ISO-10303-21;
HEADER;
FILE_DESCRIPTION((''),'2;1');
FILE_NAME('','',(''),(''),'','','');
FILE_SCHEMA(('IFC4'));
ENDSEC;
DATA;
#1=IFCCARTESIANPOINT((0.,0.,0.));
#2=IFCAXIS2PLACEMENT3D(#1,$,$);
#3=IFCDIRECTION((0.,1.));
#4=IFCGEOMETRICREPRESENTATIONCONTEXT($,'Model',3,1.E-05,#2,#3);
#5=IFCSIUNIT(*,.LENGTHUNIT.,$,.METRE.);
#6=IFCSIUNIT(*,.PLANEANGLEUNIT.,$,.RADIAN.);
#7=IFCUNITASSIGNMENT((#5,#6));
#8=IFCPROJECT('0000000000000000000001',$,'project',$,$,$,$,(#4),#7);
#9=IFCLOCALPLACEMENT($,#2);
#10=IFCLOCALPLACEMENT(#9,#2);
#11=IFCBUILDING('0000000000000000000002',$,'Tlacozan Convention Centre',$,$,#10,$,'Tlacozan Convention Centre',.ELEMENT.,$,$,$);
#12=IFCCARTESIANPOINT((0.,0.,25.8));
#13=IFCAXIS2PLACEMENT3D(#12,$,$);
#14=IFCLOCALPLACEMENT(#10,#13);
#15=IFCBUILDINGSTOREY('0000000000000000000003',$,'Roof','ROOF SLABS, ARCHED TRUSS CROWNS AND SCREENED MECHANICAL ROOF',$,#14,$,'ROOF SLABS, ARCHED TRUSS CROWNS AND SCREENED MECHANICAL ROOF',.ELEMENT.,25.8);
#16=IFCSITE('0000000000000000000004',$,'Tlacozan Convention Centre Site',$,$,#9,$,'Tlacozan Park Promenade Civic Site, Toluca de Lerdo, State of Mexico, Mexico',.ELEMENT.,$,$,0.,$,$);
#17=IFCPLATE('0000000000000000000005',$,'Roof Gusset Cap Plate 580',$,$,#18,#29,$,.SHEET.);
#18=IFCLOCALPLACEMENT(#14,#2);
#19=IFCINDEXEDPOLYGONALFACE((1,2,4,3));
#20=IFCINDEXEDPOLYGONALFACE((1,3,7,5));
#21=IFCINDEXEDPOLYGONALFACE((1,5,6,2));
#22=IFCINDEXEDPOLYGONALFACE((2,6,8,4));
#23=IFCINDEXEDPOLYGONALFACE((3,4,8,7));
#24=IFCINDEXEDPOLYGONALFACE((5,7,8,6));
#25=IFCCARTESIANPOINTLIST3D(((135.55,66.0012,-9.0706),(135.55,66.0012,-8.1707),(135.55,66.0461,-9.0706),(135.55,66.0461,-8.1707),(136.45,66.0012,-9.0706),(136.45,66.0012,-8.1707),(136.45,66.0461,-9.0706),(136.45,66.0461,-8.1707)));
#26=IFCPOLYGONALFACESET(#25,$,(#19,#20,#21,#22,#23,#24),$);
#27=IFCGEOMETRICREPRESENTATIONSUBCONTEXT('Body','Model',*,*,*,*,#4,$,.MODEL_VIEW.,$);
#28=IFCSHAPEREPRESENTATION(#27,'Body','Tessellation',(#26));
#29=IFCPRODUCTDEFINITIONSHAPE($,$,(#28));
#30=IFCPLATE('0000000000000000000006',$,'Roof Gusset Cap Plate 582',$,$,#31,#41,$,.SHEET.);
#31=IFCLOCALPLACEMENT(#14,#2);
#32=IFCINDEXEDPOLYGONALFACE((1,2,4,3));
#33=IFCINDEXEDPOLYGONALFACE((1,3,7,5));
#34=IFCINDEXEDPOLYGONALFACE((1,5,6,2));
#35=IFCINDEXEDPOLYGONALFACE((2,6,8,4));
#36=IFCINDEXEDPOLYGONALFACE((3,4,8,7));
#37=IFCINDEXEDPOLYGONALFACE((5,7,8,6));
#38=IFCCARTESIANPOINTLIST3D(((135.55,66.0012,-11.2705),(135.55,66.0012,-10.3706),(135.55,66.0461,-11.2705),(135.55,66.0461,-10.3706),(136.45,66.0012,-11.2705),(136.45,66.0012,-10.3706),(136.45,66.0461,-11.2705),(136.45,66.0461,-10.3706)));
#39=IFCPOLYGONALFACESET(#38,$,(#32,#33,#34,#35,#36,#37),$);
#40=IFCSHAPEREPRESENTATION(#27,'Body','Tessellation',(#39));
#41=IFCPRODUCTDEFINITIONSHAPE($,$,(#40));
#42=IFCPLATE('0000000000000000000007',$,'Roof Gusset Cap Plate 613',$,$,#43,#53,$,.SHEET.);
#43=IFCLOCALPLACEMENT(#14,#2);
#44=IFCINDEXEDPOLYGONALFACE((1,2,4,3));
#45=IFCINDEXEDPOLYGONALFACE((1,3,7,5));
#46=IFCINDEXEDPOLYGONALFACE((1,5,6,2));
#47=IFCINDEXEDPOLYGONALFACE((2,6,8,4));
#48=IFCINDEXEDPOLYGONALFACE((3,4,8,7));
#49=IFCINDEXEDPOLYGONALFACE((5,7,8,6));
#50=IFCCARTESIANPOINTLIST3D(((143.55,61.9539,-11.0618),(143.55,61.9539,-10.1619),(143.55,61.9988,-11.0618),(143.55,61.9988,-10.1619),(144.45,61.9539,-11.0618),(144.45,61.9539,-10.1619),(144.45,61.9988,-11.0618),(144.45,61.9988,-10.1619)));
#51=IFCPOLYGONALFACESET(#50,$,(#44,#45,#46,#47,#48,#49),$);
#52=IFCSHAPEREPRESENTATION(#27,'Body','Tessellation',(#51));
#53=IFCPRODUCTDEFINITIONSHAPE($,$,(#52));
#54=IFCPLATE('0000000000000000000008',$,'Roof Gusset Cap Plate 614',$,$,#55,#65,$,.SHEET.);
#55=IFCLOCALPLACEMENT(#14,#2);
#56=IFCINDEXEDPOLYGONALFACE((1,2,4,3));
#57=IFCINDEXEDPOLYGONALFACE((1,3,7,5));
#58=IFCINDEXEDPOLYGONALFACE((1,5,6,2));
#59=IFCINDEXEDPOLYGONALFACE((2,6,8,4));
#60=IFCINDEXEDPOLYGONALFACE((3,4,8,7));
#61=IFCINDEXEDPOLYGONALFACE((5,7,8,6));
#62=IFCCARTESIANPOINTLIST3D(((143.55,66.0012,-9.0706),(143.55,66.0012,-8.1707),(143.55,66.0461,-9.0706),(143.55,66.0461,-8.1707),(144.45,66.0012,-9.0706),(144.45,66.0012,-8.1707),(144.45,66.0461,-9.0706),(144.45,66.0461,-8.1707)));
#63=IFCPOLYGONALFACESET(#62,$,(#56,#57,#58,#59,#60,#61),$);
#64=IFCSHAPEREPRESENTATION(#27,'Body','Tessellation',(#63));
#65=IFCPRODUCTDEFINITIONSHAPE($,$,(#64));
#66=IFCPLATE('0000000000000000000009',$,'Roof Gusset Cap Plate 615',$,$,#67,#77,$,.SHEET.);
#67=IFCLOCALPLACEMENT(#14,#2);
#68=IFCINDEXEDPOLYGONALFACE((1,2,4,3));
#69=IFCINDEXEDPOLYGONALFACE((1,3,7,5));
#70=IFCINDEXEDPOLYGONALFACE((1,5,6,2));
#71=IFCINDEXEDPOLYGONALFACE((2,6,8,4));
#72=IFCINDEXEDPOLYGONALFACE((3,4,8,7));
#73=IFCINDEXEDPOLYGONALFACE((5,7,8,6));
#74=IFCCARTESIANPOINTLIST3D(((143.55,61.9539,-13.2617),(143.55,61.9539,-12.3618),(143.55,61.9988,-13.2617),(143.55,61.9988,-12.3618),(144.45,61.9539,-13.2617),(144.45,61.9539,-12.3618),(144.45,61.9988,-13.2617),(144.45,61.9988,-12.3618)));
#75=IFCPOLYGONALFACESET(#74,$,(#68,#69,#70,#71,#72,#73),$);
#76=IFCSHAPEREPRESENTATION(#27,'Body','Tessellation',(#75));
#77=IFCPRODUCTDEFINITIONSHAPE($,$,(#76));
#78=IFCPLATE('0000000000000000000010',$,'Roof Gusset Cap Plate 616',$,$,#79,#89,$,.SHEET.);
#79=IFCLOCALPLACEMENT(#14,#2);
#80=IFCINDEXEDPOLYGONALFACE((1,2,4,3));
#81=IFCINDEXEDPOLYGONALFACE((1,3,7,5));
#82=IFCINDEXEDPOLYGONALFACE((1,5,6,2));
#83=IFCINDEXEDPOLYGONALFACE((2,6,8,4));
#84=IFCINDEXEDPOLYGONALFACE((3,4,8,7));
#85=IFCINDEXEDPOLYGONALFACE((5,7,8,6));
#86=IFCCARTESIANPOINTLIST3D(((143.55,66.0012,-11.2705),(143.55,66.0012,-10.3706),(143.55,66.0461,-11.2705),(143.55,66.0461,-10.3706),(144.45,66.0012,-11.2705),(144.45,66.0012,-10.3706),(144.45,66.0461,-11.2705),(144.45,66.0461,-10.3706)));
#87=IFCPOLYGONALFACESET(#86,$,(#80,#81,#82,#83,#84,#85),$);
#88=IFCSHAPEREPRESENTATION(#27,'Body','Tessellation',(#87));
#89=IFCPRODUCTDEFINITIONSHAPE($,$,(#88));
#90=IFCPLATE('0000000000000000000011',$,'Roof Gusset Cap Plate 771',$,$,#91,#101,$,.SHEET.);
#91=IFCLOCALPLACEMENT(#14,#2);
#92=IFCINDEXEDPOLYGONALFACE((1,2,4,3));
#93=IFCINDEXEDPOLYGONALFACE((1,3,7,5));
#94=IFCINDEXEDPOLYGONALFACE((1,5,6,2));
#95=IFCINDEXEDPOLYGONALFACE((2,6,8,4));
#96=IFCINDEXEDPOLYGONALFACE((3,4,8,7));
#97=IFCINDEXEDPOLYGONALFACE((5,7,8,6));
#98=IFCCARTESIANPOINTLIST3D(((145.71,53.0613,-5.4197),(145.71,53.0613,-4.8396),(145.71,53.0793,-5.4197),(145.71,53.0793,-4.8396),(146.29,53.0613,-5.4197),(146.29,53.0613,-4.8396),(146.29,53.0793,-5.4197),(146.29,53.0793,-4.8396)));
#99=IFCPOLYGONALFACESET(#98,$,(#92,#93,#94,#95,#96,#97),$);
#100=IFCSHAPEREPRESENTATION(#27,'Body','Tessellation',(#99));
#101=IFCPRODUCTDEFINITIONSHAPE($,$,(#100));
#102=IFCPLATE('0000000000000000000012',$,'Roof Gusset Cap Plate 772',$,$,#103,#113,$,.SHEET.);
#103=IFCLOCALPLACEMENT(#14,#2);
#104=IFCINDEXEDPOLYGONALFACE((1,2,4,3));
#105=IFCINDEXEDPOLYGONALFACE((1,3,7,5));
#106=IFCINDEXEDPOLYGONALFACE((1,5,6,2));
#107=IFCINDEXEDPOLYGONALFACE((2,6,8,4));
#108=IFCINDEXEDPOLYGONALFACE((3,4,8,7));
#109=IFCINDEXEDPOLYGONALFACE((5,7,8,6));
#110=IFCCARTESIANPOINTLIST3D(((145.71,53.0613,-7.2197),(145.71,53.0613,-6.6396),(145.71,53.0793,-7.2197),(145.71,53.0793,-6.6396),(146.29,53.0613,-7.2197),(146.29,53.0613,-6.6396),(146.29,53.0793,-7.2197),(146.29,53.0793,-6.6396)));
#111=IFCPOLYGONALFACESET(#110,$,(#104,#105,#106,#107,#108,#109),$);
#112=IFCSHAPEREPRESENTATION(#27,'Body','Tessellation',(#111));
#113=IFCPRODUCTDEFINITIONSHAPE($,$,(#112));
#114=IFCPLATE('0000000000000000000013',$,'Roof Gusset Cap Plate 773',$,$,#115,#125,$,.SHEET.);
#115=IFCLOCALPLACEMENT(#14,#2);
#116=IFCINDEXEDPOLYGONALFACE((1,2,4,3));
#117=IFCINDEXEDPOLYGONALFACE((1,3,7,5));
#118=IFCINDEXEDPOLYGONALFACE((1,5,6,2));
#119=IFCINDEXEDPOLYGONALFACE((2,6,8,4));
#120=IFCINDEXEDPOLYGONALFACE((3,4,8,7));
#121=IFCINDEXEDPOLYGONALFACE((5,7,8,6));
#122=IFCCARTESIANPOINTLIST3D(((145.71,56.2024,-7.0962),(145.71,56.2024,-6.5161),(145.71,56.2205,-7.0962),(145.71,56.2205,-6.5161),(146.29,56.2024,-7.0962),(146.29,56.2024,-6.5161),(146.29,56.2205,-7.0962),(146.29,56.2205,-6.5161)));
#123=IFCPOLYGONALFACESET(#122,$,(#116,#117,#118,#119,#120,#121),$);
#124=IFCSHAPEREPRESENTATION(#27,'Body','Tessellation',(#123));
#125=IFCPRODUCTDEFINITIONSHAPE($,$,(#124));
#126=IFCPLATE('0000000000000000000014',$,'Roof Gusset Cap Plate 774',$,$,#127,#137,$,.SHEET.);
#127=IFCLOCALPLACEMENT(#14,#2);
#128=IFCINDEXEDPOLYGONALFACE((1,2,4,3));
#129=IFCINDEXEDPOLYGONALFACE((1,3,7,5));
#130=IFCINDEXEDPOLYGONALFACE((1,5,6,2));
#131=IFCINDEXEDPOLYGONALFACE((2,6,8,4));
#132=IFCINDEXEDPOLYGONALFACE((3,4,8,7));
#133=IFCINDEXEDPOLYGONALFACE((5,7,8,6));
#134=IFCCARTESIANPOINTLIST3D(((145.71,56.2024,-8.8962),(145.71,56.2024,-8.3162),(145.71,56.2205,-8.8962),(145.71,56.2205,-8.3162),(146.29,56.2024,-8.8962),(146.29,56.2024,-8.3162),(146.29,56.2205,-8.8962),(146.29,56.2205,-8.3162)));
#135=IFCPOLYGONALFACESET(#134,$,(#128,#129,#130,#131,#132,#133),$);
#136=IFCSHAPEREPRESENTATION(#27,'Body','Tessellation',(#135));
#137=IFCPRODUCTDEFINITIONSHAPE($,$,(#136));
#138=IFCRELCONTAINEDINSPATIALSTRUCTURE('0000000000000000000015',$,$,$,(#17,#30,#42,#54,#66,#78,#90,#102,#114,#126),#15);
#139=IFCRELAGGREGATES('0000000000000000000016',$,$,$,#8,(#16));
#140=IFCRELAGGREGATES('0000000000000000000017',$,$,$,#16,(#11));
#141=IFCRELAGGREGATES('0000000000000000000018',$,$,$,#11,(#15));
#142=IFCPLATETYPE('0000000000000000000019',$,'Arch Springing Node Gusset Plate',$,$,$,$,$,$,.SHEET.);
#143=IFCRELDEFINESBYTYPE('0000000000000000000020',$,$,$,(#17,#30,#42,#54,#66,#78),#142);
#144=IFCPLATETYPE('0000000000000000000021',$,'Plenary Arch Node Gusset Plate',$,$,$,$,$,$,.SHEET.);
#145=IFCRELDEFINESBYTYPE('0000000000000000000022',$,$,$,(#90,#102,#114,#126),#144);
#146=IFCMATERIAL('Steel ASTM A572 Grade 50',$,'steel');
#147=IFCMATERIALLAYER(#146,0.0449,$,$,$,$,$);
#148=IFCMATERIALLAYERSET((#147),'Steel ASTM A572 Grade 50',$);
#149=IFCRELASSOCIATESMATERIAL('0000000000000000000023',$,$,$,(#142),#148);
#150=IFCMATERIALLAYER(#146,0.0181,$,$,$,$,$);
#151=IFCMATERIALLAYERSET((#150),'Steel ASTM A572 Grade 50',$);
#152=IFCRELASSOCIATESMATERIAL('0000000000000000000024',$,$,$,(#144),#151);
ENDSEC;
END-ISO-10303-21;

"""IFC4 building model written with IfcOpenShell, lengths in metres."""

from ifc_helpers import new_model, si_unit, direction, frame, origin, origin_2d, place, context, subcontext, project, spatial, rectangle, extrude, material, layer, layer_set, type_object, element, save


model = new_model("IFC4")

# Units and contexts
model_context = context("Model", 3, precision=1e-05, world=origin(), true_north=direction((0.0, 1.0)))
body_context = subcontext(model_context, "Body", "Model", "MODEL_VIEW")
ifc_project = project(units=[si_unit("LENGTHUNIT", "METRE"), si_unit("PLANEANGLEUNIT", "RADIAN")], contexts=[model_context])

# Site, building, storey
site_placement = place(None, origin())
site = spatial("IfcSite", under=ifc_project, at=site_placement, Name="Tlacozan Convention Centre Site", LongName="Tlacozan Park Promenade Civic Site, Toluca de Lerdo, State of Mexico, Mexico", CompositionType="ELEMENT", RefElevation=0.0)
building_placement = place(site_placement, origin())
building = spatial("IfcBuilding", under=site, at=building_placement, Name="Tlacozan Convention Centre", LongName="Tlacozan Convention Centre", CompositionType="ELEMENT")
storey_placement = place(building_placement, frame((0.0, 0.0, 25.8)))
storey = spatial("IfcBuildingStorey", under=building, at=storey_placement, Name="Roof", Description="ROOF SLABS, ARCHED TRUSS CROWNS AND SCREENED MECHANICAL ROOF", LongName="ROOF SLABS, ARCHED TRUSS CROWNS AND SCREENED MECHANICAL ROOF", CompositionType="ELEMENT", Elevation=25.8)

# Plates
ifc_material_1 = material(Name="Steel ASTM A572 Grade 50", Category="steel")
ifc_layer_1 = layer(ifc_material_1, 0.0449)
ifc_layer_set_1 = layer_set([ifc_layer_1], Name="Steel ASTM A572 Grade 50")
plate_type_1 = type_object("IfcPlateType", Name="Arch Springing Node Gusset Plate", PredefinedType="SHEET", material=ifc_layer_set_1)
for number, where, z_axis, x_axis, name in (
    (1, (136.0, 66.0237, -9.0706), (0.0, 0.0, 1.0), (0.0, 1.0, 0.0), "Roof Gusset Cap Plate 580"),
    (2, (136.0, 66.0237, -11.2705), (0.0, 0.0, 1.0), (0.0, 1.0, 0.0), "Roof Gusset Cap Plate 582"),
    (3, (144.0, 61.9763, -11.0618), (0.0, 0.0, 1.0), (0.0, 1.0, 0.0), "Roof Gusset Cap Plate 613"),
    (4, (144.0, 66.0237, -9.0706), (0.0, 0.0, 1.0), (0.0, 1.0, 0.0), "Roof Gusset Cap Plate 614"),
    (5, (144.0, 61.9763, -13.2617), (0.0, 0.0, 1.0), (0.0, 1.0, 0.0), "Roof Gusset Cap Plate 615"),
    (6, (144.0, 66.0237, -11.2705), (0.0, 0.0, 1.0), (0.0, 1.0, 0.0), "Roof Gusset Cap Plate 616"),
):
    element("IfcPlate", number, at=place(storey_placement, frame(where, z_axis=z_axis, x_axis=x_axis)), inside=storey, type_object=plate_type_1, Name=name, PredefinedType="SHEET", context=body_context, shape_type="SweptSolid", body=[
        extrude(rectangle(XDim=0.0449, YDim=0.8999, at=origin_2d()), origin(), (0.0, 0.0, 1.0), 0.8999),
    ])
ifc_layer_2 = layer(ifc_material_1, 0.0181)
ifc_layer_set_2 = layer_set([ifc_layer_2], Name="Steel ASTM A572 Grade 50")
plate_type_2 = type_object("IfcPlateType", Name="Plenary Arch Node Gusset Plate", PredefinedType="SHEET", material=ifc_layer_set_2)
for number, where, z_axis, x_axis, name in (
    (7, (146.0, 53.0703, -5.4197), (0.0, 0.0, 1.0), (0.0, 1.0, 0.0), "Roof Gusset Cap Plate 771"),
    (8, (146.0, 53.0703, -7.2197), (0.0, 0.0, 1.0), (0.0, 1.0, 0.0), "Roof Gusset Cap Plate 772"),
    (9, (146.0, 56.2114, -7.0962), (0.0, 0.0, 1.0), (0.0, 1.0, 0.0), "Roof Gusset Cap Plate 773"),
    (10, (146.0, 56.2114, -8.8962), (0.0, 0.0, 1.0), (0.0, 1.0, 0.0), "Roof Gusset Cap Plate 774"),
):
    element("IfcPlate", number, at=place(storey_placement, frame(where, z_axis=z_axis, x_axis=x_axis)), inside=storey, type_object=plate_type_2, Name=name, PredefinedType="SHEET", context=body_context, shape_type="SweptSolid", body=[
        extrude(rectangle(XDim=0.0181, YDim=0.5801, at=origin_2d()), origin(), (0.0, 0.0, 1.0), 0.5801),
    ])

save(model, "model.ifc")
